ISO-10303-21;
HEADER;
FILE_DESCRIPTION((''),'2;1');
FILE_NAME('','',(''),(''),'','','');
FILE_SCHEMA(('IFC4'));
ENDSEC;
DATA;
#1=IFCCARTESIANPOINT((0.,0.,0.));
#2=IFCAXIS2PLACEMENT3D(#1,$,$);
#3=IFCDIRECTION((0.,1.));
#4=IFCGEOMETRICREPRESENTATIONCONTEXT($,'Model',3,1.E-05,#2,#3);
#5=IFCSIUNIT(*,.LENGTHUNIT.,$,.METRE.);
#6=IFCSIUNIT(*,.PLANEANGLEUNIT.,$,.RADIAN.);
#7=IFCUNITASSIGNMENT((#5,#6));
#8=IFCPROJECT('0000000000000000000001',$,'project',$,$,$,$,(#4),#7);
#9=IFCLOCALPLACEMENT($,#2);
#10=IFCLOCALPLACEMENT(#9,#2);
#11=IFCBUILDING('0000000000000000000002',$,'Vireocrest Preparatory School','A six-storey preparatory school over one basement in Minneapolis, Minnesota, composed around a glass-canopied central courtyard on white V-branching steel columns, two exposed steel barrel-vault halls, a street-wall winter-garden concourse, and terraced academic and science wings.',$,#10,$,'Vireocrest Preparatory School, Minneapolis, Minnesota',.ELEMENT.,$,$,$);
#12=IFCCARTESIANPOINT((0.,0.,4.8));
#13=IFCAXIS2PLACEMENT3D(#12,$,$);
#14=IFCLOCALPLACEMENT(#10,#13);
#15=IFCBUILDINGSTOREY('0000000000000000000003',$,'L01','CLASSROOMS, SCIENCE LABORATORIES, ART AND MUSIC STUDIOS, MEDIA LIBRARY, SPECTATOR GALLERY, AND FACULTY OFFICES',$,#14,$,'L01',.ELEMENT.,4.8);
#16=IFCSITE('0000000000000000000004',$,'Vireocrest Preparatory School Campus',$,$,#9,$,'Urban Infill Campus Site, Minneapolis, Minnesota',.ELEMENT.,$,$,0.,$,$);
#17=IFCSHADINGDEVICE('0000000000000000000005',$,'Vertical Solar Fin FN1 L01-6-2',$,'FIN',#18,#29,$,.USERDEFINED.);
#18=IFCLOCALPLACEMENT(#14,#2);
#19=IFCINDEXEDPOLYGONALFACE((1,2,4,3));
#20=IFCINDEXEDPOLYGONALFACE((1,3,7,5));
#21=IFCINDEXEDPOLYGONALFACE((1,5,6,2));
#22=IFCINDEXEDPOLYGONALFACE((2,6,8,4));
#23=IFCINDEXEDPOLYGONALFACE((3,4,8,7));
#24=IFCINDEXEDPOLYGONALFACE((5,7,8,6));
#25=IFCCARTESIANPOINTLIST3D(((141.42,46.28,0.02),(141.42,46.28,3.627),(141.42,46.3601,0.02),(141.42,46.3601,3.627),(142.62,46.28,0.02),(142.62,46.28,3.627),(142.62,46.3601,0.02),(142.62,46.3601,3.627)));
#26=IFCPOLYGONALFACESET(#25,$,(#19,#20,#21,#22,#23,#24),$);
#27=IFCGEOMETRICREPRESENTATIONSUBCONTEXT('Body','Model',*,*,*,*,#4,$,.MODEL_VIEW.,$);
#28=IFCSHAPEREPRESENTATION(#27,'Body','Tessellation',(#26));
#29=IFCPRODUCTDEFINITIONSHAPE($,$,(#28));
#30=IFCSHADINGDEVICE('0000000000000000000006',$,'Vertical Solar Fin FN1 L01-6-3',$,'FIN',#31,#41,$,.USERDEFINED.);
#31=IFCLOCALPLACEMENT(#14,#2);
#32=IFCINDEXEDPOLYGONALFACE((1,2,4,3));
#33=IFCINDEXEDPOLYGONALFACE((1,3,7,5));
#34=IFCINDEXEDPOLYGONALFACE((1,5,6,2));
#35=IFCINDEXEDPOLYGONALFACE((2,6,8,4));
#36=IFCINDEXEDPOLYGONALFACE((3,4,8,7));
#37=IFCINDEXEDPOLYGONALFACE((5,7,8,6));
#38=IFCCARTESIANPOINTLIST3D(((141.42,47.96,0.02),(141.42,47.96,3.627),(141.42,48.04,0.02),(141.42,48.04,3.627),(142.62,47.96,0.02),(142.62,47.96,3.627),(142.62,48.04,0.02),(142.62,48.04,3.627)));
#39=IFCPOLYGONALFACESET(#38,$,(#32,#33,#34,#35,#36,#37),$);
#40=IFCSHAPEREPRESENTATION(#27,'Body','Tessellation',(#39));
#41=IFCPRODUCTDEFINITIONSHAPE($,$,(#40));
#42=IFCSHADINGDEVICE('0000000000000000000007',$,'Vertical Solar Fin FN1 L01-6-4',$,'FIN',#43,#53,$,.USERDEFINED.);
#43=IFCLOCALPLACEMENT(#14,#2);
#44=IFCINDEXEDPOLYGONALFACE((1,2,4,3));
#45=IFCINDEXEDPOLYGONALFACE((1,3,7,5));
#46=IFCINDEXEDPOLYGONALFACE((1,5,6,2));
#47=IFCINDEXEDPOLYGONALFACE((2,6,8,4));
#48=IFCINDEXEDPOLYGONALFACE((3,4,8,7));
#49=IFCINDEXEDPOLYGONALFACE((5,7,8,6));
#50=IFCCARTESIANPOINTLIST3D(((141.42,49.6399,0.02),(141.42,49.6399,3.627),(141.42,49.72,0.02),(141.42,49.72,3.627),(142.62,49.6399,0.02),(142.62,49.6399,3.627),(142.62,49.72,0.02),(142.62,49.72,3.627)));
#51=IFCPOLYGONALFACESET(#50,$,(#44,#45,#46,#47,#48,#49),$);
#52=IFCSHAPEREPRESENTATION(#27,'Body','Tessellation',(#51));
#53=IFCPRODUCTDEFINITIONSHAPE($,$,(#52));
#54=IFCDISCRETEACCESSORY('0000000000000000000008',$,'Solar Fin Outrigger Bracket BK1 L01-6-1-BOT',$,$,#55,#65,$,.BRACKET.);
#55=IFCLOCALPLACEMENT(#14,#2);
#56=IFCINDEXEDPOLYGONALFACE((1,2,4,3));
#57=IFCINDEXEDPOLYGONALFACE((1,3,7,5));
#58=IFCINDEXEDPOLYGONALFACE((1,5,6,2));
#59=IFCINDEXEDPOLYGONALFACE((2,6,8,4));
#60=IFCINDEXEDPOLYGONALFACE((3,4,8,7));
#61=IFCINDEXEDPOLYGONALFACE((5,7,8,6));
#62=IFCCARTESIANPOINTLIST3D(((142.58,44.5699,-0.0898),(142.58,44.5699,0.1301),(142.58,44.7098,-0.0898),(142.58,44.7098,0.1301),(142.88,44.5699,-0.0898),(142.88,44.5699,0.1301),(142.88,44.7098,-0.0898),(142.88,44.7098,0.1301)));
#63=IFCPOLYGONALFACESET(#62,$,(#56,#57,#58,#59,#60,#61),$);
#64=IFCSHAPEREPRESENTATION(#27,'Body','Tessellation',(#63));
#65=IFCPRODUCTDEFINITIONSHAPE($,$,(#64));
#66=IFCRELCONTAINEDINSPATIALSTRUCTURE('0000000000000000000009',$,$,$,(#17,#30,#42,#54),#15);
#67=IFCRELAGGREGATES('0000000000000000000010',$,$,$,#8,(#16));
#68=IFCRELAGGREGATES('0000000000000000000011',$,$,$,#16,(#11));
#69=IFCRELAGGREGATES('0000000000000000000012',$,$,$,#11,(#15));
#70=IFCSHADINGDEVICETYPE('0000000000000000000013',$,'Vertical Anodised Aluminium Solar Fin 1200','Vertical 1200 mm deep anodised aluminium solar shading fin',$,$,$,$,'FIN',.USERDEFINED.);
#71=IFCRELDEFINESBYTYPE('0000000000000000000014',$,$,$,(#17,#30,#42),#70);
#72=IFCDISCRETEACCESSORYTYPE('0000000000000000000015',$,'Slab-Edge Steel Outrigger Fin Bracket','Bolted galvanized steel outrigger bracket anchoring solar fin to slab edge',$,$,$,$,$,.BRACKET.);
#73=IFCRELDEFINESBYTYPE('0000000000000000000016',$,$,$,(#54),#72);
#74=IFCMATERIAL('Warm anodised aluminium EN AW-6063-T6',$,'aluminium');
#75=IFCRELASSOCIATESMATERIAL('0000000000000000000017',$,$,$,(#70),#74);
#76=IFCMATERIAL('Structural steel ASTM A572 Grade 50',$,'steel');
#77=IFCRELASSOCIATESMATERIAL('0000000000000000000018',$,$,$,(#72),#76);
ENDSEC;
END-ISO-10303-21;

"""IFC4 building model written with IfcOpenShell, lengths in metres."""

from ifc_helpers import new_model, si_unit, direction, frame, origin, origin_2d, place, context, subcontext, project, spatial, rectangle, extrude, material, material_profile, profile_set, type_object, element, save


model = new_model("IFC4")

# Units and contexts
model_context = context("Model", 3, precision=1e-05, world=origin(), true_north=direction((0.0, 1.0)))
body_context = subcontext(model_context, "Body", "Model", "MODEL_VIEW")
ifc_project = project(units=[si_unit("LENGTHUNIT", "METRE"), si_unit("PLANEANGLEUNIT", "RADIAN")], contexts=[model_context])

# Site, building, storey
site_placement = place(None, origin())
site = spatial("IfcSite", under=ifc_project, at=site_placement, Name="Vireocrest Preparatory School Campus", LongName="Urban Infill Campus Site, Minneapolis, Minnesota", CompositionType="ELEMENT", RefElevation=0.0)
building_placement = place(site_placement, origin())
building = spatial("IfcBuilding", under=site, at=building_placement, Name="Vireocrest Preparatory School", Description="A six-storey preparatory school over one basement in Minneapolis, Minnesota, composed around a glass-canopied central courtyard on white V-branching steel columns, two exposed steel barrel-vault halls, a street-wall winter-garden concourse, and terraced academic and science wings.", LongName="Vireocrest Preparatory School, Minneapolis, Minnesota", CompositionType="ELEMENT")
storey_placement = place(building_placement, frame((0.0, 0.0, 4.8)))
storey = spatial("IfcBuildingStorey", under=building, at=storey_placement, Name="L01", Description="CLASSROOMS, SCIENCE LABORATORIES, ART AND MUSIC STUDIOS, MEDIA LIBRARY, SPECTATOR GALLERY, AND FACULTY OFFICES", LongName="L01", CompositionType="ELEMENT", Elevation=4.8)

# Shading devices
ifc_material_1 = material(Name="Warm anodised aluminium EN AW-6063-T6", Category="aluminium")
ifc_material_profile_1 = material_profile(ifc_material_1, rectangle(XDim=0.0801, YDim=1.2, at=origin_2d()), Name="FIN 80x1200")
ifc_profile_set_1 = profile_set([ifc_material_profile_1], Name="Warm anodised aluminium EN AW-6063-T6")
shading_device_type = type_object("IfcShadingDeviceType", Name="Vertical Anodised Aluminium Solar Fin 1200", Description="Vertical 1200 mm deep anodised aluminium solar shading fin", ElementType="FIN", PredefinedType="USERDEFINED", material=ifc_profile_set_1)
for number, where, z_axis, x_axis, name in (
    (1, (142.02, 46.3201, 0.02), (0.0, 0.0, 1.0), (0.0, 1.0, 0.0), "Vertical Solar Fin FN1 L01-6-2"),
    (2, (142.02, 48.0, 0.02), (0.0, 0.0, 1.0), (0.0, 1.0, 0.0), "Vertical Solar Fin FN1 L01-6-3"),
    (3, (142.02, 49.6799, 0.02), (0.0, 0.0, 1.0), (0.0, 1.0, 0.0), "Vertical Solar Fin FN1 L01-6-4"),
):
    element("IfcShadingDevice", number, at=place(storey_placement, frame(where, z_axis=z_axis, x_axis=x_axis)), inside=storey, type_object=shading_device_type, Name=name, ObjectType="FIN", PredefinedType="USERDEFINED", context=body_context, shape_type="SweptSolid", body=[
        extrude(rectangle(XDim=0.0801, YDim=1.2, at=origin_2d()), origin(), (0.0, 0.0, 1.0), 3.6069),
    ])

# Discrete accessory
ifc_material_2 = material(Name="Structural steel ASTM A572 Grade 50", Category="steel")
discrete_accessory_type = type_object("IfcDiscreteAccessoryType", Name="Slab-Edge Steel Outrigger Fin Bracket", Description="Bolted galvanized steel outrigger bracket anchoring solar fin to slab edge", PredefinedType="BRACKET", material=ifc_material_2)
discrete_accessory_placement = place(storey_placement, frame((142.73, 44.6399, -0.0898), z_axis=(0.0, 0.0, 1.0), x_axis=(0.0, 1.0, 0.0)))
element("IfcDiscreteAccessory", 4, at=discrete_accessory_placement, inside=storey, type_object=discrete_accessory_type, Name="Solar Fin Outrigger Bracket BK1 L01-6-1-BOT", PredefinedType="BRACKET", context=body_context, shape_type="SweptSolid", body=[
    extrude(rectangle(XDim=0.1399, YDim=0.3, at=origin_2d()), origin(), (0.0, 0.0, 1.0), 0.22),
])

save(model, "model.ifc")
